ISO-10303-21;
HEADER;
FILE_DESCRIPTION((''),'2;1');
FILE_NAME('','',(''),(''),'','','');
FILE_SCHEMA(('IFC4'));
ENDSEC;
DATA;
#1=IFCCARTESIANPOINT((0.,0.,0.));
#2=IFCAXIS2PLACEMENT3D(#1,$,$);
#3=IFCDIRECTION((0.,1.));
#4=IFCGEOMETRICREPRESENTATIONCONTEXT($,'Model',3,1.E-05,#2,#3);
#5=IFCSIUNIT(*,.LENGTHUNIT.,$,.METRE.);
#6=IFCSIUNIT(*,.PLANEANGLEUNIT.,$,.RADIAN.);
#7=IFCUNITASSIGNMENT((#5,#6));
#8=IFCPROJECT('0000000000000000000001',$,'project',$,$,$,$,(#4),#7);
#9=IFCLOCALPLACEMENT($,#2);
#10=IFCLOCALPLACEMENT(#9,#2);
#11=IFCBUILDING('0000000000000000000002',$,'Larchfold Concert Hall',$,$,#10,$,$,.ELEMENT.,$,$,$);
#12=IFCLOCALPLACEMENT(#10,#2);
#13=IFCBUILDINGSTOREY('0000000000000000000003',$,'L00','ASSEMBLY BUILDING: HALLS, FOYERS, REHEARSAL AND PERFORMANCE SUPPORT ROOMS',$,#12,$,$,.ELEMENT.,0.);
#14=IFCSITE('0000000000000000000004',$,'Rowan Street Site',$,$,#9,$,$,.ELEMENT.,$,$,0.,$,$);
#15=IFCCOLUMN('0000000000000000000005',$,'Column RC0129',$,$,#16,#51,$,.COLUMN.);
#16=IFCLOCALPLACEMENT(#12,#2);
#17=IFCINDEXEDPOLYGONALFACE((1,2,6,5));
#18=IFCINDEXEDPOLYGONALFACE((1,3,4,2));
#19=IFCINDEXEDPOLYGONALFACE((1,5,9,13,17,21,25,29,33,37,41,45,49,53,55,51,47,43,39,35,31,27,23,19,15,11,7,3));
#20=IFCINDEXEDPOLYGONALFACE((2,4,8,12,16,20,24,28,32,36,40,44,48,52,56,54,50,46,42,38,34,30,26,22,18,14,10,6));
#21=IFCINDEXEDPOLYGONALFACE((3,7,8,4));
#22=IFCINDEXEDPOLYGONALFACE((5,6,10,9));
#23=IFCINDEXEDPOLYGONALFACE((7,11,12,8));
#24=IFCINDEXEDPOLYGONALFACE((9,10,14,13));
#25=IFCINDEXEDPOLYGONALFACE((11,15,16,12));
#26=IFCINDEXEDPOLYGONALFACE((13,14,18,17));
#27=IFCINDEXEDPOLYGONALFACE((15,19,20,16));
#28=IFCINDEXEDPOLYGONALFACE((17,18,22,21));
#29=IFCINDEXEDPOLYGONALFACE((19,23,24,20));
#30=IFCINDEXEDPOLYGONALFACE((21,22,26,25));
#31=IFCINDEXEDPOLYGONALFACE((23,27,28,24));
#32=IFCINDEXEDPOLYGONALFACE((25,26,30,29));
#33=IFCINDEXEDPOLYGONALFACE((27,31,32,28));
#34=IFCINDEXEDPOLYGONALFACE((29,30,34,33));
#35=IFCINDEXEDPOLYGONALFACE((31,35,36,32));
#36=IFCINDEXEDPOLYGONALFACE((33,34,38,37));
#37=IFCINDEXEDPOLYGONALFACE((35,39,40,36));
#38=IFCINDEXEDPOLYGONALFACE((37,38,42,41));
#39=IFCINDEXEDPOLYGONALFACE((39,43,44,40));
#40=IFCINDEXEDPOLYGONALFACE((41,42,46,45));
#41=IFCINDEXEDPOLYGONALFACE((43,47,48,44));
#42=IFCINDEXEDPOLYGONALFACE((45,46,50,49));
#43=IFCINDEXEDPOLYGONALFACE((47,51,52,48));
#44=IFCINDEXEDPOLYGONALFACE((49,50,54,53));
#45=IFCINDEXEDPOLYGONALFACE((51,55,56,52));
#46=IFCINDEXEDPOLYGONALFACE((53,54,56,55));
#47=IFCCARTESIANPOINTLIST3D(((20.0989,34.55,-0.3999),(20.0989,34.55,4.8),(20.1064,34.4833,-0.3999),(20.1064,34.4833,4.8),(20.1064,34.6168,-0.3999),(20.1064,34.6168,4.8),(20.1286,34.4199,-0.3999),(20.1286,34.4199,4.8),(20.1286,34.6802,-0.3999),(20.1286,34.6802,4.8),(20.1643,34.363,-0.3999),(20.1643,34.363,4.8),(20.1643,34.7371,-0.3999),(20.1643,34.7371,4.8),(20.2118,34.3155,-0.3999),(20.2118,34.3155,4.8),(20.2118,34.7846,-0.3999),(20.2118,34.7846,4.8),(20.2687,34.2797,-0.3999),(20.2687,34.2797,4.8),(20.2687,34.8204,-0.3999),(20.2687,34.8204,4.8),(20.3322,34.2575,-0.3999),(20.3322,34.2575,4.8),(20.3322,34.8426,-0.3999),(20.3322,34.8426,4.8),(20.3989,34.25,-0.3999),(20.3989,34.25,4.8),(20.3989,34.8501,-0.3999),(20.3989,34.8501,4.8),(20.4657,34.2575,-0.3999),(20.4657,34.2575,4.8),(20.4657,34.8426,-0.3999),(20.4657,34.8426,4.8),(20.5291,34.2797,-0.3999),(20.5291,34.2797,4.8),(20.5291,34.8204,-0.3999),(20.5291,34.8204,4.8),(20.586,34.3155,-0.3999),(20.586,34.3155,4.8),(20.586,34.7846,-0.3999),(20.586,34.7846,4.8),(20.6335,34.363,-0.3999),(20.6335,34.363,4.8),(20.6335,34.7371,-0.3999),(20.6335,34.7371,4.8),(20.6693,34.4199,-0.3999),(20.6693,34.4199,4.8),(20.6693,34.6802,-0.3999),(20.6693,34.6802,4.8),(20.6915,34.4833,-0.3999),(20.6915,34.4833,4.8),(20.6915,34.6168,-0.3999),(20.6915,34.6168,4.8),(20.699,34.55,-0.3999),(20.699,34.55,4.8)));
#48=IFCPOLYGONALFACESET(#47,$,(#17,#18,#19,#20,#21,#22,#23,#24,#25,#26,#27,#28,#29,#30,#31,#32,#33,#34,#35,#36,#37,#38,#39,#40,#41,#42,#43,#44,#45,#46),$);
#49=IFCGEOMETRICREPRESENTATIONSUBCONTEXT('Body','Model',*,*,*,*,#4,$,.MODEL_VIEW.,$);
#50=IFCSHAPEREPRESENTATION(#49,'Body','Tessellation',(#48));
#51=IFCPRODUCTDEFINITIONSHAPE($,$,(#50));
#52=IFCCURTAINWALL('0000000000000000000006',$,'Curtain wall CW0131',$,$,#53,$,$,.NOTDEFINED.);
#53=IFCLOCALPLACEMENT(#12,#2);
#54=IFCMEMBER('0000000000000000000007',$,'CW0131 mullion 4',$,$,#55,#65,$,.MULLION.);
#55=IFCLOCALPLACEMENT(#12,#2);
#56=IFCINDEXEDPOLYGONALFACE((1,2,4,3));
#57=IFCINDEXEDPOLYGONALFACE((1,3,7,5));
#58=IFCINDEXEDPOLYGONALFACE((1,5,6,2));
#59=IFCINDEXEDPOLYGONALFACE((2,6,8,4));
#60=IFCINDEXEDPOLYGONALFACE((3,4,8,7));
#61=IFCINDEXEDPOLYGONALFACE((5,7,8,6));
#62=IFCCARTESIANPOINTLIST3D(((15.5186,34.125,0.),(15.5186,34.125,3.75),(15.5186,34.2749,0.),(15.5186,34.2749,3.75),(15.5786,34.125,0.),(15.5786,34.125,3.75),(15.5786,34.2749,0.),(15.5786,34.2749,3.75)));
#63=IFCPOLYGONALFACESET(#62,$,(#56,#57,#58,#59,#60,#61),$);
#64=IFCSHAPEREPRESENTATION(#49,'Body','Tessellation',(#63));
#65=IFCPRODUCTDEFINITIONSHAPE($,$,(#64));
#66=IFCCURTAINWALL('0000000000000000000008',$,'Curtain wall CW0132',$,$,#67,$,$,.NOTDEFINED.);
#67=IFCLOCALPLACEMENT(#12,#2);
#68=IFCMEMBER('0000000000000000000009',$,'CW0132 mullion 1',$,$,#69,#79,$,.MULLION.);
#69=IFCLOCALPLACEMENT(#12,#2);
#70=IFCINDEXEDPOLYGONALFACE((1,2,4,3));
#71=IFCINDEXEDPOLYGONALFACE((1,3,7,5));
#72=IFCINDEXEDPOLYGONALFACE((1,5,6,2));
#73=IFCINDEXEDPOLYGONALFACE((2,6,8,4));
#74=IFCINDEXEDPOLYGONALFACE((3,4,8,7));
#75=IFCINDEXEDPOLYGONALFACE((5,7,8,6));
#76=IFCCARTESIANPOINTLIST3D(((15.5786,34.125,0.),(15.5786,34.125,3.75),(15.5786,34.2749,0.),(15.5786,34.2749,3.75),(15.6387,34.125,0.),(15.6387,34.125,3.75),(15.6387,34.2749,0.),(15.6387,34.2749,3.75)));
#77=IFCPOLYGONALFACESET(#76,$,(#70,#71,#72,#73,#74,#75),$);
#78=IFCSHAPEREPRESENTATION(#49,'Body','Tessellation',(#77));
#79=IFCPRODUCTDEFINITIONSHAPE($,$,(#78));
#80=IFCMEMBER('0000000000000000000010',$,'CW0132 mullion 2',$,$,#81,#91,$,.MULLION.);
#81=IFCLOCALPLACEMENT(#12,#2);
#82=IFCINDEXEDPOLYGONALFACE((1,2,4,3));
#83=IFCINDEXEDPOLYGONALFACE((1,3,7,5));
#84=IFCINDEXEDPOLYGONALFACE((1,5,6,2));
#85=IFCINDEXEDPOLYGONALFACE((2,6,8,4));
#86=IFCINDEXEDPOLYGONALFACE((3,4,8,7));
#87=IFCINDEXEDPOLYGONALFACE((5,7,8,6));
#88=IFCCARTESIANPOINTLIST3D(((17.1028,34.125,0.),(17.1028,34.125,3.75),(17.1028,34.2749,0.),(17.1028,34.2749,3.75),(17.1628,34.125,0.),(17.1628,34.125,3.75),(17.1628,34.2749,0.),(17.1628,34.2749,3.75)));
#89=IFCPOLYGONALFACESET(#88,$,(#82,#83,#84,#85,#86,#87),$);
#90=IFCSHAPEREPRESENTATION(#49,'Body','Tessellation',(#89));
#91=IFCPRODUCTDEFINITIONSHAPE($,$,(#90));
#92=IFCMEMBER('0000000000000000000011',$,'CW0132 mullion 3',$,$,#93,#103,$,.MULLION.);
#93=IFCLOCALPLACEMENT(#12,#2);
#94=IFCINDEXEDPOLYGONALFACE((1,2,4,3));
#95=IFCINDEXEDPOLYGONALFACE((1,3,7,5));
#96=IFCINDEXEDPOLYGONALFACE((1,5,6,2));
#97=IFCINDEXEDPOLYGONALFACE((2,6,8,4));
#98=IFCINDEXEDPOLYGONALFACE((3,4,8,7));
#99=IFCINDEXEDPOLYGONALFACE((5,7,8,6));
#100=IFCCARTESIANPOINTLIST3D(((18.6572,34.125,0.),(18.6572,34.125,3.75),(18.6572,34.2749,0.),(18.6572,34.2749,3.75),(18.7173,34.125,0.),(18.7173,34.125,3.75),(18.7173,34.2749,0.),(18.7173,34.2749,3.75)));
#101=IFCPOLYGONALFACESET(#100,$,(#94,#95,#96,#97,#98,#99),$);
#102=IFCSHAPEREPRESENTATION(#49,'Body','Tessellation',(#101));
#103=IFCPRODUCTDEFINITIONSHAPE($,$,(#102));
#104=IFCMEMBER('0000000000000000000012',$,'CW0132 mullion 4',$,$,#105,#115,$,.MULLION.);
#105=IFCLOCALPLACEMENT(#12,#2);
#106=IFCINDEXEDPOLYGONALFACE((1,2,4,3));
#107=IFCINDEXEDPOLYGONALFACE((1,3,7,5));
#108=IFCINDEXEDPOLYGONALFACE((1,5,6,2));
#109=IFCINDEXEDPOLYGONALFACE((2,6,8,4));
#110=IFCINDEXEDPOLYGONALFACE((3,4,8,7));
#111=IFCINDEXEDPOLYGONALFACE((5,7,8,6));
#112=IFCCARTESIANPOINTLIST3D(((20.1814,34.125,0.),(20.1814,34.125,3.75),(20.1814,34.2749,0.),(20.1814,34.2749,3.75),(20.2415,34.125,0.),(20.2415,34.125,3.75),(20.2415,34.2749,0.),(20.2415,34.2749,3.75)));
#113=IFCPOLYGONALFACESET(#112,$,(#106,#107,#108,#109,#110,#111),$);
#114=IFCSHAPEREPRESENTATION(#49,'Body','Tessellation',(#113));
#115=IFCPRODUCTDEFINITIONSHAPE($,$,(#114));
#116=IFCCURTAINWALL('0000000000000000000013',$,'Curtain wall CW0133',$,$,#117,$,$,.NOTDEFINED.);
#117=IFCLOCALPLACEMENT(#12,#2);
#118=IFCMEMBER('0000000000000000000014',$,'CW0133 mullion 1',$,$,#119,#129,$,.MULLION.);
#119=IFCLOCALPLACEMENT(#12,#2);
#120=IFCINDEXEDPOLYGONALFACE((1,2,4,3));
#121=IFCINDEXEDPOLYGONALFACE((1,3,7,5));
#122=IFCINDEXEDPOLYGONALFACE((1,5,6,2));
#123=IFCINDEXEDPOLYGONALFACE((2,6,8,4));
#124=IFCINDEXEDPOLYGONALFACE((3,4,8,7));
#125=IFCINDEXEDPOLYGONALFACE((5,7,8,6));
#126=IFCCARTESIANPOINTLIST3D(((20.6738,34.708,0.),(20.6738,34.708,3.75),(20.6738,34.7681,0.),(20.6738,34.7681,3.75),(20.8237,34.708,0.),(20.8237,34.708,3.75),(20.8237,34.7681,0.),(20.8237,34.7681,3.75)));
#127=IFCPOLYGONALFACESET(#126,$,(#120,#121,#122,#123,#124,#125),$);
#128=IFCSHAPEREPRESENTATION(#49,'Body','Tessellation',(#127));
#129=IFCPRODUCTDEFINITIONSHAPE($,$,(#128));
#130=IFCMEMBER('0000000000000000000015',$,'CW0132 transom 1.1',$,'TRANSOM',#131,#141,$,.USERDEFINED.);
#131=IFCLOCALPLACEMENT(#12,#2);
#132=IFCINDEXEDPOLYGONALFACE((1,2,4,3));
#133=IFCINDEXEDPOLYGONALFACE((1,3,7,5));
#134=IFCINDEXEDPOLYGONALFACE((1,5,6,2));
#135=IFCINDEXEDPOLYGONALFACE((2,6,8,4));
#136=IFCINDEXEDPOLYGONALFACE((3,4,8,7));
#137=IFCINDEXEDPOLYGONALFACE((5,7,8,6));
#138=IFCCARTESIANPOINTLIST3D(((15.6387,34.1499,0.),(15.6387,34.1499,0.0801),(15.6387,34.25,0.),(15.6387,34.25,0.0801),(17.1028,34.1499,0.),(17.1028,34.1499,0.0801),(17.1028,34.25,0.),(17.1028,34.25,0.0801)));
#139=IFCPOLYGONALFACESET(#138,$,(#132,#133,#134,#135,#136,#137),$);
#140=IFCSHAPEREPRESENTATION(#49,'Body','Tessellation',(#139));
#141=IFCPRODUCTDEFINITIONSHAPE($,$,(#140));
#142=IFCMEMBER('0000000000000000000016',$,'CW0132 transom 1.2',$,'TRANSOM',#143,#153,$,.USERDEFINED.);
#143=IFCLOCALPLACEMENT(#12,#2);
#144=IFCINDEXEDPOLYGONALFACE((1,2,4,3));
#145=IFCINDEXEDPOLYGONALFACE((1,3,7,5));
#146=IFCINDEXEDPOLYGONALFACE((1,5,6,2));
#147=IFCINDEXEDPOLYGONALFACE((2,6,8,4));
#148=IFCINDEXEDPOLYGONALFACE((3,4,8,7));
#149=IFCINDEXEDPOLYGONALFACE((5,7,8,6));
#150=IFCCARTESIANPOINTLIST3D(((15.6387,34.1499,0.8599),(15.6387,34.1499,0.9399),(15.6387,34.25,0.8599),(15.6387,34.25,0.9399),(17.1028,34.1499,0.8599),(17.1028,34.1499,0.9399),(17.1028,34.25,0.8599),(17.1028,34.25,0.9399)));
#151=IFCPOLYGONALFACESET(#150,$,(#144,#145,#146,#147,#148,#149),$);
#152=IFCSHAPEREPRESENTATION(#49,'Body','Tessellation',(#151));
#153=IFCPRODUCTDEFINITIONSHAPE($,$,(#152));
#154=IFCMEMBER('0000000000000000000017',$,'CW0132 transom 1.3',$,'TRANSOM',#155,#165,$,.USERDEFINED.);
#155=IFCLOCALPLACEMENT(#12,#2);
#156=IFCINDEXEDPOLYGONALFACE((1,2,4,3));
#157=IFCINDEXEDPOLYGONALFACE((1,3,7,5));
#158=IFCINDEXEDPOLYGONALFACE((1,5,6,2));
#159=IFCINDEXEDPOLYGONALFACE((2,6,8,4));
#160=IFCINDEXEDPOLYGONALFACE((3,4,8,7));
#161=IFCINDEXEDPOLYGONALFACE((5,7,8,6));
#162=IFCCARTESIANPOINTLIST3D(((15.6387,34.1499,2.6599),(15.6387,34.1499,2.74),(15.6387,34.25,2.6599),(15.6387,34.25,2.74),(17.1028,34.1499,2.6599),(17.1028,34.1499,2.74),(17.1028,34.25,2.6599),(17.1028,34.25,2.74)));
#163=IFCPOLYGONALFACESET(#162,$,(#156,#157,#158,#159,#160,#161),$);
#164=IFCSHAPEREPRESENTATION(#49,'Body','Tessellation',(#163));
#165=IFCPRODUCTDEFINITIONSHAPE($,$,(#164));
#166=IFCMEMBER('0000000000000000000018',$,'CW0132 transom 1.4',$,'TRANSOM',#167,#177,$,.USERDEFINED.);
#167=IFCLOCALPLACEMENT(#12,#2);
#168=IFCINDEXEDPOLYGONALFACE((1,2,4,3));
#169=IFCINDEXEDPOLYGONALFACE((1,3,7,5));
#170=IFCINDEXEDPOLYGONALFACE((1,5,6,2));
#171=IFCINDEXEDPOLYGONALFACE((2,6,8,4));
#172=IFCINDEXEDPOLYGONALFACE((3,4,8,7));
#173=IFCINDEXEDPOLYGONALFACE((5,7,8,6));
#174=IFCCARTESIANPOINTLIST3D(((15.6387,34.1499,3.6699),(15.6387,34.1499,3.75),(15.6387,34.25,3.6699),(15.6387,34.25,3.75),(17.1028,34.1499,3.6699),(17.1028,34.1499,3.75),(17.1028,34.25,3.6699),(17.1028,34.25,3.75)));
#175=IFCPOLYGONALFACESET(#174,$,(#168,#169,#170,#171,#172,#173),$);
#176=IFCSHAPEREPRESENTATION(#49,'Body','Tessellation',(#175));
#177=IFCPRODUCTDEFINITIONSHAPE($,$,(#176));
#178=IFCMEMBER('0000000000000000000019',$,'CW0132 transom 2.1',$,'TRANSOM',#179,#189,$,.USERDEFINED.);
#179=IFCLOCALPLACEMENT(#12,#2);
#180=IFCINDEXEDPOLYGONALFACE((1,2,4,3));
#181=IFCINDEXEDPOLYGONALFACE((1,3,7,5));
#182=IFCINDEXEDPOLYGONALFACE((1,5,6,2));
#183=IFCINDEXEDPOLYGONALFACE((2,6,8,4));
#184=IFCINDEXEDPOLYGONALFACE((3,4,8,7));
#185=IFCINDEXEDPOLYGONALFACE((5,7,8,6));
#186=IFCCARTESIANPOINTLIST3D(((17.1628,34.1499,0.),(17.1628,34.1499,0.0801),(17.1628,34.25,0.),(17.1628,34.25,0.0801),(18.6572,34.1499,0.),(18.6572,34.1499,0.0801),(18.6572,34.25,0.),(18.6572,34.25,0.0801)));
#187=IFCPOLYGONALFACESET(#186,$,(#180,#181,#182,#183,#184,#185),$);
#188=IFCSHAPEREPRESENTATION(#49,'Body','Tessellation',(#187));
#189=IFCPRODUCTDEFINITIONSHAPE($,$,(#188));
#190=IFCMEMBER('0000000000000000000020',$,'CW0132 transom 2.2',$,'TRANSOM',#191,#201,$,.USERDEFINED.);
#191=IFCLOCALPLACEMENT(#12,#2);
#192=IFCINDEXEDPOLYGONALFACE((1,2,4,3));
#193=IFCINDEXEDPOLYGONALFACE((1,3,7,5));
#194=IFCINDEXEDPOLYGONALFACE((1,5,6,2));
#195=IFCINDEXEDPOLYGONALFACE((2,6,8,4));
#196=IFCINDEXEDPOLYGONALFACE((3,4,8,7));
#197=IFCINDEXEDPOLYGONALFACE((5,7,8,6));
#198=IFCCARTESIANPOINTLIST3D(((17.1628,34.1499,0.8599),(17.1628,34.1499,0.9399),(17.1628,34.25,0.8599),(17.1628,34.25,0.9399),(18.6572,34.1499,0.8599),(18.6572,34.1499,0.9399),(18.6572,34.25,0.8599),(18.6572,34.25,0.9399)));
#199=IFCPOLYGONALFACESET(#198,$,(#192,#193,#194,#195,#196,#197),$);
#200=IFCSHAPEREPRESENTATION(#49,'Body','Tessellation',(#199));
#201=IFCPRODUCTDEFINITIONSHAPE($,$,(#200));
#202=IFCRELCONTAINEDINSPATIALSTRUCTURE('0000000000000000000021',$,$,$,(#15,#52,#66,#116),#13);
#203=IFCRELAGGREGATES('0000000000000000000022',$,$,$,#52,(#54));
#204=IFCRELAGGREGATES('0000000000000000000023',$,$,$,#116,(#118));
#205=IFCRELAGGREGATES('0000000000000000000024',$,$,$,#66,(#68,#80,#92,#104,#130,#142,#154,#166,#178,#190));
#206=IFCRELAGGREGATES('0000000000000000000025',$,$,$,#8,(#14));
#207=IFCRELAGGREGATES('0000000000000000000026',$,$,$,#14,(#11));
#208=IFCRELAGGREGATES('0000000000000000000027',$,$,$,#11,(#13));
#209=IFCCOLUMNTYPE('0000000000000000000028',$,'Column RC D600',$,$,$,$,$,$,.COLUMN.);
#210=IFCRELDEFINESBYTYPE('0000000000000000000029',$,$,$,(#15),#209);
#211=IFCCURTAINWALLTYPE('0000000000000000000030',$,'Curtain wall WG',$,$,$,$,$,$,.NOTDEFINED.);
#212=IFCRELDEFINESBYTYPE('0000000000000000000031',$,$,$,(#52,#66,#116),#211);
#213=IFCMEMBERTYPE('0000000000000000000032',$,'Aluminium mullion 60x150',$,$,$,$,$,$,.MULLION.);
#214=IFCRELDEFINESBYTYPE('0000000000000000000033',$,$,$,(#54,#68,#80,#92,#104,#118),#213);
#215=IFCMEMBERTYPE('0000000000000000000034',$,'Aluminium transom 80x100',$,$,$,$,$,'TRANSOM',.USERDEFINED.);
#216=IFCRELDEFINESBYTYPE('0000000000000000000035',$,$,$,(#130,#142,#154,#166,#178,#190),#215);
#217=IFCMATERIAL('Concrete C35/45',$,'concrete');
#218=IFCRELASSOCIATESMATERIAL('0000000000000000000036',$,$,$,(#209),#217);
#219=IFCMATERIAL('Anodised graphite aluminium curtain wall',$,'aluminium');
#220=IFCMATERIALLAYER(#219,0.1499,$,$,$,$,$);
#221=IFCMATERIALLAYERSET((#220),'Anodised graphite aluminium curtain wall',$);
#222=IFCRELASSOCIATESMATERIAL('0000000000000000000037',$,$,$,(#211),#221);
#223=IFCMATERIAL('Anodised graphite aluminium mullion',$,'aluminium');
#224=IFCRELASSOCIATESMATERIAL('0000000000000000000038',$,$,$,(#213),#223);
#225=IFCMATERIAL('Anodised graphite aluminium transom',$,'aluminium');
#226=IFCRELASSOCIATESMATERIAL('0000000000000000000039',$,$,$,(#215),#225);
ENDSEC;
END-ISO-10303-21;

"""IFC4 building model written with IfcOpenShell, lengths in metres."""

from ifc_helpers import new_model, si_unit, direction, frame, origin, origin_2d, place, context, subcontext, project, spatial, rectangle, circle, extrude, material, layer, layer_set, material_profile, profile_set, type_object, element, aggregate, save


model = new_model("IFC4")

# Units and contexts
model_context = context("Model", 3, precision=1e-05, world=origin(), true_north=direction((0.0, 1.0)))
body_context = subcontext(model_context, "Body", "Model", "MODEL_VIEW")
ifc_project = project(units=[si_unit("LENGTHUNIT", "METRE"), si_unit("PLANEANGLEUNIT", "RADIAN")], contexts=[model_context])

# Site, building, storey
site_placement = place(None, origin())
site = spatial("IfcSite", under=ifc_project, at=site_placement, Name="Rowan Street Site", CompositionType="ELEMENT", RefElevation=0.0)
building_placement = place(site_placement, origin())
building = spatial("IfcBuilding", under=site, at=building_placement, Name="Larchfold Concert Hall", CompositionType="ELEMENT")
storey_placement = place(building_placement, origin())
storey = spatial("IfcBuildingStorey", under=building, at=storey_placement, Name="L00", Description="ASSEMBLY BUILDING: HALLS, FOYERS, REHEARSAL AND PERFORMANCE SUPPORT ROOMS", CompositionType="ELEMENT", Elevation=0.0)

# Column
ifc_material_1 = material(Name="Concrete C35/45", Category="concrete")
ifc_material_profile_1 = material_profile(ifc_material_1, circle(Radius=0.3, at=origin_2d()))
ifc_profile_set_1 = profile_set([ifc_material_profile_1], Name="Concrete C35/45")
column_type = type_object("IfcColumnType", Name="Column RC D600", PredefinedType="COLUMN", material=ifc_profile_set_1)
column_placement = place(storey_placement, frame((20.3989, 34.55, -0.3999), z_axis=(0.0, 0.0, 1.0), x_axis=(1.0, 0.0, 0.0)))
element("IfcColumn", 1, at=column_placement, inside=storey, type_object=column_type, Name="Column RC0129", PredefinedType="COLUMN", context=body_context, shape_type="SweptSolid", body=[
    extrude(circle(Radius=0.3, at=origin_2d()), origin(), (0.0, 0.0, 1.0), 5.2),
])

# Curtain wall, member
ifc_material_2 = material(Name="Anodised graphite aluminium curtain wall", Category="aluminium")
ifc_layer_1 = layer(ifc_material_2, 0.1499)
ifc_layer_set_1 = layer_set([ifc_layer_1], Name="Anodised graphite aluminium curtain wall")
curtain_wall_type = type_object("IfcCurtainWallType", Name="Curtain wall WG", PredefinedType="NOTDEFINED", material=ifc_layer_set_1)
curtain_wall_1_placement = place(storey_placement, origin())
curtain_wall_1 = element("IfcCurtainWall", 2, at=curtain_wall_1_placement, inside=storey, type_object=curtain_wall_type, Name="Curtain wall CW0131", PredefinedType="NOTDEFINED")
ifc_material_3 = material(Name="Anodised graphite aluminium mullion", Category="aluminium")
ifc_material_profile_2 = material_profile(ifc_material_3, rectangle(XDim=0.1499, YDim=0.0601, at=origin_2d()))
ifc_profile_set_2 = profile_set([ifc_material_profile_2], Name="Anodised graphite aluminium mullion")
member_type_1 = type_object("IfcMemberType", Name="Aluminium mullion 60x150", PredefinedType="MULLION", material=ifc_profile_set_2)
member_1_placement = place(storey_placement, frame((15.5486, 34.2, 0.0), z_axis=(0.0, 0.0, 1.0), x_axis=(0.0, 1.0, 0.0)))
member_1 = element("IfcMember", 3, at=member_1_placement, type_object=member_type_1, Name="CW0131 mullion 4", PredefinedType="MULLION", context=body_context, shape_type="SweptSolid", body=[
    extrude(rectangle(XDim=0.1499, YDim=0.0601, at=origin_2d()), origin(), (0.0, 0.0, 1.0), 3.75),
])
aggregate(curtain_wall_1, [member_1])

# Curtain wall, members
curtain_wall_2_placement = place(storey_placement, origin())
curtain_wall_2 = element("IfcCurtainWall", 4, at=curtain_wall_2_placement, inside=storey, type_object=curtain_wall_type, Name="Curtain wall CW0132", PredefinedType="NOTDEFINED")
member_2_placement = place(storey_placement, frame((15.6086, 34.2, 0.0), z_axis=(0.0, 0.0, 1.0), x_axis=(0.0, 1.0, 0.0)))
member_2 = element("IfcMember", 5, at=member_2_placement, type_object=member_type_1, Name="CW0132 mullion 1", PredefinedType="MULLION", context=body_context, shape_type="SweptSolid", body=[
    extrude(rectangle(XDim=0.1499, YDim=0.0601, at=origin_2d()), origin(), (0.0, 0.0, 1.0), 3.75),
])
member_3_placement = place(storey_placement, frame((17.1328, 34.2, 0.0), z_axis=(0.0, 0.0, 1.0), x_axis=(0.0, 1.0, 0.0)))
member_3 = element("IfcMember", 6, at=member_3_placement, type_object=member_type_1, Name="CW0132 mullion 2", PredefinedType="MULLION", context=body_context, shape_type="SweptSolid", body=[
    extrude(rectangle(XDim=0.1499, YDim=0.0601, at=origin_2d()), origin(), (0.0, 0.0, 1.0), 3.75),
])
member_4_placement = place(storey_placement, frame((18.6873, 34.2, 0.0), z_axis=(0.0, 0.0, 1.0), x_axis=(0.0, 1.0, 0.0)))
member_4 = element("IfcMember", 7, at=member_4_placement, type_object=member_type_1, Name="CW0132 mullion 3", PredefinedType="MULLION", context=body_context, shape_type="SweptSolid", body=[
    extrude(rectangle(XDim=0.1499, YDim=0.0601, at=origin_2d()), origin(), (0.0, 0.0, 1.0), 3.75),
])
member_5_placement = place(storey_placement, frame((20.2114, 34.2, 0.0), z_axis=(0.0, 0.0, 1.0), x_axis=(0.0, 1.0, 0.0)))
member_5 = element("IfcMember", 8, at=member_5_placement, type_object=member_type_1, Name="CW0132 mullion 4", PredefinedType="MULLION", context=body_context, shape_type="SweptSolid", body=[
    extrude(rectangle(XDim=0.1499, YDim=0.0601, at=origin_2d()), origin(), (0.0, 0.0, 1.0), 3.75),
])

# Curtain wall, member
curtain_wall_3_placement = place(storey_placement, origin())
curtain_wall_3 = element("IfcCurtainWall", 9, at=curtain_wall_3_placement, inside=storey, type_object=curtain_wall_type, Name="Curtain wall CW0133", PredefinedType="NOTDEFINED")
member_6_placement = place(storey_placement, frame((20.7488, 34.738, 0.0), z_axis=(0.0, 0.0, 1.0), x_axis=(-1.0, 0.0, 0.0)))
member_6 = element("IfcMember", 10, at=member_6_placement, type_object=member_type_1, Name="CW0133 mullion 1", PredefinedType="MULLION", context=body_context, shape_type="SweptSolid", body=[
    extrude(rectangle(XDim=0.1499, YDim=0.0601, at=origin_2d()), origin(), (0.0, 0.0, 1.0), 3.75),
])

# Members
ifc_material_4 = material(Name="Anodised graphite aluminium transom", Category="aluminium")
ifc_material_profile_3 = material_profile(ifc_material_4, rectangle(XDim=0.1001, YDim=0.0801, at=origin_2d()))
ifc_profile_set_3 = profile_set([ifc_material_profile_3], Name="Anodised graphite aluminium transom")
member_type_2 = type_object("IfcMemberType", Name="Aluminium transom 80x100", ElementType="TRANSOM", PredefinedType="USERDEFINED", material=ifc_profile_set_3)
member_7_placement = place(storey_placement, frame((15.6387, 34.2, 0.04), z_axis=(1.0, 0.0, 0.0), x_axis=(0.0, 1.0, 0.0)))
member_7 = element("IfcMember", 11, at=member_7_placement, type_object=member_type_2, Name="CW0132 transom 1.1", ObjectType="TRANSOM", PredefinedType="USERDEFINED", context=body_context, shape_type="SweptSolid", body=[
    extrude(rectangle(XDim=0.1001, YDim=0.0801, at=origin_2d()), origin(), (0.0, 0.0, 1.0), 1.4641),
])
member_8_placement = place(storey_placement, frame((15.6387, 34.2, 0.8999), z_axis=(1.0, 0.0, 0.0), x_axis=(0.0, 1.0, 0.0)))
member_8 = element("IfcMember", 12, at=member_8_placement, type_object=member_type_2, Name="CW0132 transom 1.2", ObjectType="TRANSOM", PredefinedType="USERDEFINED", context=body_context, shape_type="SweptSolid", body=[
    extrude(rectangle(XDim=0.1001, YDim=0.0801, at=origin_2d()), origin(), (0.0, 0.0, 1.0), 1.4641),
])
member_9_placement = place(storey_placement, frame((15.6387, 34.2, 2.7), z_axis=(1.0, 0.0, 0.0), x_axis=(0.0, 1.0, 0.0)))
member_9 = element("IfcMember", 13, at=member_9_placement, type_object=member_type_2, Name="CW0132 transom 1.3", ObjectType="TRANSOM", PredefinedType="USERDEFINED", context=body_context, shape_type="SweptSolid", body=[
    extrude(rectangle(XDim=0.1001, YDim=0.0801, at=origin_2d()), origin(), (0.0, 0.0, 1.0), 1.4641),
])
member_10_placement = place(storey_placement, frame((15.6387, 34.2, 3.71), z_axis=(1.0, 0.0, 0.0), x_axis=(0.0, 1.0, 0.0)))
member_10 = element("IfcMember", 14, at=member_10_placement, type_object=member_type_2, Name="CW0132 transom 1.4", ObjectType="TRANSOM", PredefinedType="USERDEFINED", context=body_context, shape_type="SweptSolid", body=[
    extrude(rectangle(XDim=0.1001, YDim=0.0801, at=origin_2d()), origin(), (0.0, 0.0, 1.0), 1.4641),
])
member_11_placement = place(storey_placement, frame((17.1628, 34.2, 0.04), z_axis=(1.0, 0.0, 0.0), x_axis=(0.0, 1.0, 0.0)))
member_11 = element("IfcMember", 15, at=member_11_placement, type_object=member_type_2, Name="CW0132 transom 2.1", ObjectType="TRANSOM", PredefinedType="USERDEFINED", context=body_context, shape_type="SweptSolid", body=[
    extrude(rectangle(XDim=0.1001, YDim=0.0801, at=origin_2d()), origin(), (0.0, 0.0, 1.0), 1.4944),
])
member_12_placement = place(storey_placement, frame((17.1628, 34.2, 0.8999), z_axis=(1.0, 0.0, 0.0), x_axis=(0.0, 1.0, 0.0)))
member_12 = element("IfcMember", 16, at=member_12_placement, type_object=member_type_2, Name="CW0132 transom 2.2", ObjectType="TRANSOM", PredefinedType="USERDEFINED", context=body_context, shape_type="SweptSolid", body=[
    extrude(rectangle(XDim=0.1001, YDim=0.0801, at=origin_2d()), origin(), (0.0, 0.0, 1.0), 1.4944),
])
aggregate(curtain_wall_3, [member_6])

aggregate(curtain_wall_2, [member_2, member_3, member_4, member_5, member_7, member_8, member_9, member_10, member_11, member_12])

save(model, "model.ifc")
